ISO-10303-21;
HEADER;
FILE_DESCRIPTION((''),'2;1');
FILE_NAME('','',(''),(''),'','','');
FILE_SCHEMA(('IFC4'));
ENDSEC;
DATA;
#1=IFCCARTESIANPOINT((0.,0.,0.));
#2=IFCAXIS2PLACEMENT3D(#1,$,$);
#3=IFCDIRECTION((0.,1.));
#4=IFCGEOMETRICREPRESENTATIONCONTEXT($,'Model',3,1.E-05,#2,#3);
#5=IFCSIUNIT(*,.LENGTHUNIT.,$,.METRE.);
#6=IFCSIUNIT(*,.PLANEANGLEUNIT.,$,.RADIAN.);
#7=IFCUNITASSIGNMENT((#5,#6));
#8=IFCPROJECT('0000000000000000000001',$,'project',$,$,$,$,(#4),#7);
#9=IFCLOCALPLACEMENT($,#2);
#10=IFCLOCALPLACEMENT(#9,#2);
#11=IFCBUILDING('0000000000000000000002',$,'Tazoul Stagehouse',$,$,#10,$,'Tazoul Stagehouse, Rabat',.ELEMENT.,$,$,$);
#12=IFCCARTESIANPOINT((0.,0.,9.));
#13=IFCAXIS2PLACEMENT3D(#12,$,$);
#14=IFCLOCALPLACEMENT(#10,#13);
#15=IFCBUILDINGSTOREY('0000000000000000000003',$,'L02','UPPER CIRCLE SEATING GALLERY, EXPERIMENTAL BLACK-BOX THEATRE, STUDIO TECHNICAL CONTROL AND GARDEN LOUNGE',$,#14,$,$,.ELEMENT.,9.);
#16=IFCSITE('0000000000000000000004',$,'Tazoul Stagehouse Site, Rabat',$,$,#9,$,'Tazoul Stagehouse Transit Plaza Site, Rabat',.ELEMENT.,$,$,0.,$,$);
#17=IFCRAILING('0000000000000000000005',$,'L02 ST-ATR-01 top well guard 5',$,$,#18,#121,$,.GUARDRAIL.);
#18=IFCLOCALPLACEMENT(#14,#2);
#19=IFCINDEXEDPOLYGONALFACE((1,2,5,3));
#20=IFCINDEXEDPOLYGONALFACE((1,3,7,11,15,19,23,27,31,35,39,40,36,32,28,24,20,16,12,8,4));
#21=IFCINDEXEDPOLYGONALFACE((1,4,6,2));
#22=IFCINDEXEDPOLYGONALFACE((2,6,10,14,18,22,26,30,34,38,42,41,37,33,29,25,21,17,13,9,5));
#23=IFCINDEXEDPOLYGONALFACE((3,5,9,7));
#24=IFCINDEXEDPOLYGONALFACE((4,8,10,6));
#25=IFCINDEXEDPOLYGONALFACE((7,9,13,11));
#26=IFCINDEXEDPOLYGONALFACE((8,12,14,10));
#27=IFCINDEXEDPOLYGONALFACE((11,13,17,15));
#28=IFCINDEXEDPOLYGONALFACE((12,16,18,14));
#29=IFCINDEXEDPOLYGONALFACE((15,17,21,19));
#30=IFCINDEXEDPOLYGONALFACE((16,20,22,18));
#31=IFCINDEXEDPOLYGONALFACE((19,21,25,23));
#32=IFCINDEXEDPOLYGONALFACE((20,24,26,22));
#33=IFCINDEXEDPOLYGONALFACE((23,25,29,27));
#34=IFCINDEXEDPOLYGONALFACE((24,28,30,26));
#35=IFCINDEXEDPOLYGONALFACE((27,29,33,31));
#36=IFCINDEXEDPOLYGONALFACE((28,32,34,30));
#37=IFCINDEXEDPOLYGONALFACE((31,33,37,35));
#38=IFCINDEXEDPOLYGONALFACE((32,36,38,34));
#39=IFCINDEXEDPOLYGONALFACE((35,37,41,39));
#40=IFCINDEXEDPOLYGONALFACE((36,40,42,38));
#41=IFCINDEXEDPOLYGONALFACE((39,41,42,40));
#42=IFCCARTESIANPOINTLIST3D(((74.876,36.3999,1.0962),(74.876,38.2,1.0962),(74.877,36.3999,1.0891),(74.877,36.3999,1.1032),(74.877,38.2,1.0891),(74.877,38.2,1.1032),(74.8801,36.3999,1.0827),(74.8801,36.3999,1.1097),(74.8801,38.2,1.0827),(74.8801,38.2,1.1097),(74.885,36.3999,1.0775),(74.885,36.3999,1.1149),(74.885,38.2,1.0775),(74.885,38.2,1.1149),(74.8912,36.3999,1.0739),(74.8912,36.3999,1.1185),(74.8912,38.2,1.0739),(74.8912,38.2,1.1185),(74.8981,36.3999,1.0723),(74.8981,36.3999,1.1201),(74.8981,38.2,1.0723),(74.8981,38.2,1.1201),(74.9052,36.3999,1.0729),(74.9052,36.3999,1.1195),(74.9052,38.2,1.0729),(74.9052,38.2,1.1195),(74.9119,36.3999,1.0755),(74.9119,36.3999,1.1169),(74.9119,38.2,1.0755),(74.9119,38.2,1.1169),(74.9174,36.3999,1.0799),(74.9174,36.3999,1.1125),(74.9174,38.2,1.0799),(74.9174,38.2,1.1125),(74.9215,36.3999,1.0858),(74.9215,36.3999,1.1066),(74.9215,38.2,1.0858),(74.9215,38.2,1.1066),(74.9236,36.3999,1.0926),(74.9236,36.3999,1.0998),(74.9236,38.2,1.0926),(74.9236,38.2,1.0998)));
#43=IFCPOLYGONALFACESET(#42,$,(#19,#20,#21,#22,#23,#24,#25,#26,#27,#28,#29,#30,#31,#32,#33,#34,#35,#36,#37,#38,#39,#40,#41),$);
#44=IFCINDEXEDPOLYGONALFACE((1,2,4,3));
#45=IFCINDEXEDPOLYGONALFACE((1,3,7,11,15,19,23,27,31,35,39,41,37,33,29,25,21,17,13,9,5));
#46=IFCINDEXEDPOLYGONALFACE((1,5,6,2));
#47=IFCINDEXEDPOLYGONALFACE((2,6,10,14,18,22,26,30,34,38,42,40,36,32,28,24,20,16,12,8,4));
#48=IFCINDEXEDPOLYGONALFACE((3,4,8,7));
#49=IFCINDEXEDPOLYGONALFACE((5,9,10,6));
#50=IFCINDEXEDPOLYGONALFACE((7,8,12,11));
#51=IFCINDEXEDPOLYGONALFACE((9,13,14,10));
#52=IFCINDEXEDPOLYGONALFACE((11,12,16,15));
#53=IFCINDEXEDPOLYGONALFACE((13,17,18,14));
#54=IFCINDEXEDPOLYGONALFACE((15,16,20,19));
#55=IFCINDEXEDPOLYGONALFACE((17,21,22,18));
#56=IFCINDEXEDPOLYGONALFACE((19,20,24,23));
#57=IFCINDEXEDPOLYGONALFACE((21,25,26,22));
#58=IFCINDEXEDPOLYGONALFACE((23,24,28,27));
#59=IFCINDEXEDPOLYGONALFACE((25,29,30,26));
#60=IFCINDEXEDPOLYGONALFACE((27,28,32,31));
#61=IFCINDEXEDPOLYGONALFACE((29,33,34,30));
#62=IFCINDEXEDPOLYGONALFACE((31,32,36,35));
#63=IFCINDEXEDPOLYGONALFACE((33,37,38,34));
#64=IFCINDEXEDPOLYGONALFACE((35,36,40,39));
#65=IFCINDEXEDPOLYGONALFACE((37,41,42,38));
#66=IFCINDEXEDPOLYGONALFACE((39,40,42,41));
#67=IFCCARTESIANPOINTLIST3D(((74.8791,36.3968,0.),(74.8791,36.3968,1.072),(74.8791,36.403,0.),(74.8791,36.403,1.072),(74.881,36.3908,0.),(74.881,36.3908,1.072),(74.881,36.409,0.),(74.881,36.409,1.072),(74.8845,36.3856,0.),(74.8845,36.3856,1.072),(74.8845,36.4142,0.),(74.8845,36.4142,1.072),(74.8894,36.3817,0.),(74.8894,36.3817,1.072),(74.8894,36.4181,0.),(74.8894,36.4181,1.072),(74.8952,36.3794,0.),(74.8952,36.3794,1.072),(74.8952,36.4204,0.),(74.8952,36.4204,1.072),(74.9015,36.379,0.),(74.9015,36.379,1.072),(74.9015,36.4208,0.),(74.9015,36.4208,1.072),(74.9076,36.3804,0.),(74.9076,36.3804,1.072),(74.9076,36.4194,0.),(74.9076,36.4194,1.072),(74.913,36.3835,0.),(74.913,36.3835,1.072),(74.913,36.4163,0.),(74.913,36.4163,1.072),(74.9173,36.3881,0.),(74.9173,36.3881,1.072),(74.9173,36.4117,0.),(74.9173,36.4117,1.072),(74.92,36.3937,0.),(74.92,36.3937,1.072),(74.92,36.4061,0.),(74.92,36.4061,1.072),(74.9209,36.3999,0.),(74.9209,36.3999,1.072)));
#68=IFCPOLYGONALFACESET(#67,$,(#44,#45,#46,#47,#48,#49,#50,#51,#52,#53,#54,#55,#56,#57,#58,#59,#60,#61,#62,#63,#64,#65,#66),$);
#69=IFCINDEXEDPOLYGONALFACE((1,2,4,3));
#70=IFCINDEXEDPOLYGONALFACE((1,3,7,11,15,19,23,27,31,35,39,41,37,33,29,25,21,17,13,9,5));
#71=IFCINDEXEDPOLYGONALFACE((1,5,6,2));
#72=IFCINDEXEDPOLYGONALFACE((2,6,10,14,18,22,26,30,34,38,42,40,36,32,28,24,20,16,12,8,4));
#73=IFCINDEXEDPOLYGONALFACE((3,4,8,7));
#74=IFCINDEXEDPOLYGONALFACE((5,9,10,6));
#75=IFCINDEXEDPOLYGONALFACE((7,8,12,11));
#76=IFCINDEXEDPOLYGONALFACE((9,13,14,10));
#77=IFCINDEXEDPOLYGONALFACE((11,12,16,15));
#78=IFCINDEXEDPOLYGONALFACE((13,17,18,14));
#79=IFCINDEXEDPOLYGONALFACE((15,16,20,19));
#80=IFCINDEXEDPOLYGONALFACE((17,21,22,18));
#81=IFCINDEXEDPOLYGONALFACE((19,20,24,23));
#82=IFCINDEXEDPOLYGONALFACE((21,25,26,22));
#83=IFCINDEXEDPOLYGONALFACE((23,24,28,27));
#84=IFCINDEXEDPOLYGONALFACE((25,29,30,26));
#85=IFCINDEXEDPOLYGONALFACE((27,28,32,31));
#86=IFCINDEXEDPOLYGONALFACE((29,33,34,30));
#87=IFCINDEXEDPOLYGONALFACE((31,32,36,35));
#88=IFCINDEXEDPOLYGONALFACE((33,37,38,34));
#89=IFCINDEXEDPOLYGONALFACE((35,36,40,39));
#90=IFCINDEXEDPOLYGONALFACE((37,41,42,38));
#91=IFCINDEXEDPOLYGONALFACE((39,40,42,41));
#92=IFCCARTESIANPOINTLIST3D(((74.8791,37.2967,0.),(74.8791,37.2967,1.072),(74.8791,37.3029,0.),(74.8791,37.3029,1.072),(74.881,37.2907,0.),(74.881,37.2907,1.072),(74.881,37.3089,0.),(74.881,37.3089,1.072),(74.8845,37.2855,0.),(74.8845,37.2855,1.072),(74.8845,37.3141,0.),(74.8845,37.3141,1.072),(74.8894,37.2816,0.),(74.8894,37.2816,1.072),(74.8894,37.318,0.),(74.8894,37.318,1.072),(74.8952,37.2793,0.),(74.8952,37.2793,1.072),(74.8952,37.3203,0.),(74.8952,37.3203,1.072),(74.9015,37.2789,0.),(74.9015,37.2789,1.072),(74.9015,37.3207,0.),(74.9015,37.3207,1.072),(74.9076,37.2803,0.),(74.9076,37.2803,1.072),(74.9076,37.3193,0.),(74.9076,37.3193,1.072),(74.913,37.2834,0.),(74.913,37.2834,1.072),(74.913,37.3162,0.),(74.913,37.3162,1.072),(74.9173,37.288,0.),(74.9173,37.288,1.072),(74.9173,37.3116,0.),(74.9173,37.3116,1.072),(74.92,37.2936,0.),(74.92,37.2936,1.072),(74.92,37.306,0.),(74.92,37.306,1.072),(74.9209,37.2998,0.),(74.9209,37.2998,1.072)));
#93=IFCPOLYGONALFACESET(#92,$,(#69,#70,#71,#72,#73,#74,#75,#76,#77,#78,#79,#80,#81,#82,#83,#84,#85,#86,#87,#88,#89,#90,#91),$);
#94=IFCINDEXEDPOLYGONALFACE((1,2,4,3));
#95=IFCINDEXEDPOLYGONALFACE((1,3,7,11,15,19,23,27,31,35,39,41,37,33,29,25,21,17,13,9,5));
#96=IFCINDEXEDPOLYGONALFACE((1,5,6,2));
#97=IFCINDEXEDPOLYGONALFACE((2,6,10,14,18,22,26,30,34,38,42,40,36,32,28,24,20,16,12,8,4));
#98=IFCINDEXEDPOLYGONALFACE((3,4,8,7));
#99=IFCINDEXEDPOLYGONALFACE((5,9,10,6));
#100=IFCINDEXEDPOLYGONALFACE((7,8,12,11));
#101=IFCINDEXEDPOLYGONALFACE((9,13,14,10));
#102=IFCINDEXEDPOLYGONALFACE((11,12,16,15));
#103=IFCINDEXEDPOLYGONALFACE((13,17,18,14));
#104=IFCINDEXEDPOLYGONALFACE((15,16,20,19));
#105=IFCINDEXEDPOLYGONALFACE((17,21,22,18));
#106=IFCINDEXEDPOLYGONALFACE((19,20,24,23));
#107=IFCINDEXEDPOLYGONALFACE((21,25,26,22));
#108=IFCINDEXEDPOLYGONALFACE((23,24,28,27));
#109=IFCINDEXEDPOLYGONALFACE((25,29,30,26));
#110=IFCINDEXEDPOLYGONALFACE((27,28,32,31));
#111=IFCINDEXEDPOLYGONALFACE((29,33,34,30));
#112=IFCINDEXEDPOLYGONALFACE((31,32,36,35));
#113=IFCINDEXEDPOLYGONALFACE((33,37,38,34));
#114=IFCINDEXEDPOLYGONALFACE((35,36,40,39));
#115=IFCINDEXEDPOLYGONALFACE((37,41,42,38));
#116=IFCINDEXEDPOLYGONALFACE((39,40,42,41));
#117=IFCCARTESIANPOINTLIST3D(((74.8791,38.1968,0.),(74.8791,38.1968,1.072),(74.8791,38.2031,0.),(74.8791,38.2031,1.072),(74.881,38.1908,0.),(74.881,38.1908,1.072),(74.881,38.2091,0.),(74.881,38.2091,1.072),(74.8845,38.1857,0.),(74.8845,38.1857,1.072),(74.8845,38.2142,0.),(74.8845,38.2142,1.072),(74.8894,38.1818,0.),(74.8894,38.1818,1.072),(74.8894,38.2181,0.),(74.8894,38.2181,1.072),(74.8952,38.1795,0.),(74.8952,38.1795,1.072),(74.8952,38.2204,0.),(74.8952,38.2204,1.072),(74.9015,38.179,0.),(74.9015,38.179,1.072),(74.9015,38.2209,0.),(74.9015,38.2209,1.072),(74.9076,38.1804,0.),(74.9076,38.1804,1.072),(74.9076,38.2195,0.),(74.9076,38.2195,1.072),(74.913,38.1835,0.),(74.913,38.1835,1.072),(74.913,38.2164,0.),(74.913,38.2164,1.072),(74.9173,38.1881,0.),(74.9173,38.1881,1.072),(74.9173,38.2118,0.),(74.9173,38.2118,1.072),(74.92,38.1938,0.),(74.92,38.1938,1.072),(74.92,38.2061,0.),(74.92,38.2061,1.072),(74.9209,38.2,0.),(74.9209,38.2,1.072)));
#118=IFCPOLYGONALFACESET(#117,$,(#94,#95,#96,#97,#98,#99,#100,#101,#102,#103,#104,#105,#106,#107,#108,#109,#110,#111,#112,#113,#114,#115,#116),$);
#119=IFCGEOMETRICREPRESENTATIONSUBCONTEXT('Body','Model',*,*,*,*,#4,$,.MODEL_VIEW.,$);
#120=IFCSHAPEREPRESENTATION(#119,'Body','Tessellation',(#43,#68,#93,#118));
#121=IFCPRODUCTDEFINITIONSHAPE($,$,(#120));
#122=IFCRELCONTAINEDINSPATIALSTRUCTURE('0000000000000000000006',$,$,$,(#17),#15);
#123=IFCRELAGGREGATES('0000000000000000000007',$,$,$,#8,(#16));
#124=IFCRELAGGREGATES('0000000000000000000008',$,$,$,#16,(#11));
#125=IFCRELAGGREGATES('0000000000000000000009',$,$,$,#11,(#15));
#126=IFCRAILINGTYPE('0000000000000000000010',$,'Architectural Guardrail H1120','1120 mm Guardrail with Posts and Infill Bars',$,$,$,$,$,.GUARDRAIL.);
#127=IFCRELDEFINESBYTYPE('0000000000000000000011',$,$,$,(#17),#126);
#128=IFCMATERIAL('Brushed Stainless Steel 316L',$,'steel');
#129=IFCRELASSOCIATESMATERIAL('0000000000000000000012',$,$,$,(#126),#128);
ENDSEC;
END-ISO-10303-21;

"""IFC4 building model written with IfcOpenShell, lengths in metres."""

from ifc_helpers import new_model, si_unit, direction, frame, origin, origin_2d, place, context, subcontext, project, spatial, circle, extrude, material, material_profile, profile_set, type_object, element, save


model = new_model("IFC4")

# Units and contexts
model_context = context("Model", 3, precision=1e-05, world=origin(), true_north=direction((0.0, 1.0)))
body_context = subcontext(model_context, "Body", "Model", "MODEL_VIEW")
ifc_project = project(units=[si_unit("LENGTHUNIT", "METRE"), si_unit("PLANEANGLEUNIT", "RADIAN")], contexts=[model_context])

# Site, building, storey
site_placement = place(None, origin())
site = spatial("IfcSite", under=ifc_project, at=site_placement, Name="Tazoul Stagehouse Site, Rabat", LongName="Tazoul Stagehouse Transit Plaza Site, Rabat", CompositionType="ELEMENT", RefElevation=0.0)
building_placement = place(site_placement, origin())
building = spatial("IfcBuilding", under=site, at=building_placement, Name="Tazoul Stagehouse", LongName="Tazoul Stagehouse, Rabat", CompositionType="ELEMENT")
storey_placement = place(building_placement, frame((0.0, 0.0, 9.0)))
storey = spatial("IfcBuildingStorey", under=building, at=storey_placement, Name="L02", Description="UPPER CIRCLE SEATING GALLERY, EXPERIMENTAL BLACK-BOX THEATRE, STUDIO TECHNICAL CONTROL AND GARDEN LOUNGE", CompositionType="ELEMENT", Elevation=9.0)

# Railing
ifc_material_1 = material(Name="Brushed Stainless Steel 316L", Category="steel")
ifc_material_profile_1 = material_profile(ifc_material_1, circle(Radius=0.0239, at=origin_2d()), Name="SS RAIL D48")
ifc_profile_set_1 = profile_set([ifc_material_profile_1], Name="Brushed Stainless Steel 316L")
railing_type = type_object("IfcRailingType", Name="Architectural Guardrail H1120", Description="1120 mm Guardrail with Posts and Infill Bars", PredefinedType="GUARDRAIL", material=ifc_profile_set_1)
for number, where, name in (
    (1, (74.8999, 36.3999, 0.0), "L02 ST-ATR-01 top well guard 5"),
):
    element("IfcRailing", number, at=place(storey_placement, frame(where)), inside=storey, type_object=railing_type, Name=name, PredefinedType="GUARDRAIL", context=body_context, shape_type="SweptSolid", body=[
        extrude(circle(Radius=0.0239, at=origin_2d()), frame((0.0, 0.0, 1.0962), z_axis=(0.0, 1.0, 0.0), x_axis=(-1.0, 0.0, 0.0)), (0.0, 0.0, 1.0), 1.8),
        extrude(circle(Radius=0.021, at=origin_2d()), origin(), (0.0, 0.0, 1.0), 1.072),
        extrude(circle(Radius=0.021, at=origin_2d()), frame((0.0, 0.8999, 0.0)), (0.0, 0.0, 1.0), 1.072),
        extrude(circle(Radius=0.021, at=origin_2d()), frame((0.0, 1.8, 0.0)), (0.0, 0.0, 1.0), 1.072),
    ])

save(model, "model.ifc")
